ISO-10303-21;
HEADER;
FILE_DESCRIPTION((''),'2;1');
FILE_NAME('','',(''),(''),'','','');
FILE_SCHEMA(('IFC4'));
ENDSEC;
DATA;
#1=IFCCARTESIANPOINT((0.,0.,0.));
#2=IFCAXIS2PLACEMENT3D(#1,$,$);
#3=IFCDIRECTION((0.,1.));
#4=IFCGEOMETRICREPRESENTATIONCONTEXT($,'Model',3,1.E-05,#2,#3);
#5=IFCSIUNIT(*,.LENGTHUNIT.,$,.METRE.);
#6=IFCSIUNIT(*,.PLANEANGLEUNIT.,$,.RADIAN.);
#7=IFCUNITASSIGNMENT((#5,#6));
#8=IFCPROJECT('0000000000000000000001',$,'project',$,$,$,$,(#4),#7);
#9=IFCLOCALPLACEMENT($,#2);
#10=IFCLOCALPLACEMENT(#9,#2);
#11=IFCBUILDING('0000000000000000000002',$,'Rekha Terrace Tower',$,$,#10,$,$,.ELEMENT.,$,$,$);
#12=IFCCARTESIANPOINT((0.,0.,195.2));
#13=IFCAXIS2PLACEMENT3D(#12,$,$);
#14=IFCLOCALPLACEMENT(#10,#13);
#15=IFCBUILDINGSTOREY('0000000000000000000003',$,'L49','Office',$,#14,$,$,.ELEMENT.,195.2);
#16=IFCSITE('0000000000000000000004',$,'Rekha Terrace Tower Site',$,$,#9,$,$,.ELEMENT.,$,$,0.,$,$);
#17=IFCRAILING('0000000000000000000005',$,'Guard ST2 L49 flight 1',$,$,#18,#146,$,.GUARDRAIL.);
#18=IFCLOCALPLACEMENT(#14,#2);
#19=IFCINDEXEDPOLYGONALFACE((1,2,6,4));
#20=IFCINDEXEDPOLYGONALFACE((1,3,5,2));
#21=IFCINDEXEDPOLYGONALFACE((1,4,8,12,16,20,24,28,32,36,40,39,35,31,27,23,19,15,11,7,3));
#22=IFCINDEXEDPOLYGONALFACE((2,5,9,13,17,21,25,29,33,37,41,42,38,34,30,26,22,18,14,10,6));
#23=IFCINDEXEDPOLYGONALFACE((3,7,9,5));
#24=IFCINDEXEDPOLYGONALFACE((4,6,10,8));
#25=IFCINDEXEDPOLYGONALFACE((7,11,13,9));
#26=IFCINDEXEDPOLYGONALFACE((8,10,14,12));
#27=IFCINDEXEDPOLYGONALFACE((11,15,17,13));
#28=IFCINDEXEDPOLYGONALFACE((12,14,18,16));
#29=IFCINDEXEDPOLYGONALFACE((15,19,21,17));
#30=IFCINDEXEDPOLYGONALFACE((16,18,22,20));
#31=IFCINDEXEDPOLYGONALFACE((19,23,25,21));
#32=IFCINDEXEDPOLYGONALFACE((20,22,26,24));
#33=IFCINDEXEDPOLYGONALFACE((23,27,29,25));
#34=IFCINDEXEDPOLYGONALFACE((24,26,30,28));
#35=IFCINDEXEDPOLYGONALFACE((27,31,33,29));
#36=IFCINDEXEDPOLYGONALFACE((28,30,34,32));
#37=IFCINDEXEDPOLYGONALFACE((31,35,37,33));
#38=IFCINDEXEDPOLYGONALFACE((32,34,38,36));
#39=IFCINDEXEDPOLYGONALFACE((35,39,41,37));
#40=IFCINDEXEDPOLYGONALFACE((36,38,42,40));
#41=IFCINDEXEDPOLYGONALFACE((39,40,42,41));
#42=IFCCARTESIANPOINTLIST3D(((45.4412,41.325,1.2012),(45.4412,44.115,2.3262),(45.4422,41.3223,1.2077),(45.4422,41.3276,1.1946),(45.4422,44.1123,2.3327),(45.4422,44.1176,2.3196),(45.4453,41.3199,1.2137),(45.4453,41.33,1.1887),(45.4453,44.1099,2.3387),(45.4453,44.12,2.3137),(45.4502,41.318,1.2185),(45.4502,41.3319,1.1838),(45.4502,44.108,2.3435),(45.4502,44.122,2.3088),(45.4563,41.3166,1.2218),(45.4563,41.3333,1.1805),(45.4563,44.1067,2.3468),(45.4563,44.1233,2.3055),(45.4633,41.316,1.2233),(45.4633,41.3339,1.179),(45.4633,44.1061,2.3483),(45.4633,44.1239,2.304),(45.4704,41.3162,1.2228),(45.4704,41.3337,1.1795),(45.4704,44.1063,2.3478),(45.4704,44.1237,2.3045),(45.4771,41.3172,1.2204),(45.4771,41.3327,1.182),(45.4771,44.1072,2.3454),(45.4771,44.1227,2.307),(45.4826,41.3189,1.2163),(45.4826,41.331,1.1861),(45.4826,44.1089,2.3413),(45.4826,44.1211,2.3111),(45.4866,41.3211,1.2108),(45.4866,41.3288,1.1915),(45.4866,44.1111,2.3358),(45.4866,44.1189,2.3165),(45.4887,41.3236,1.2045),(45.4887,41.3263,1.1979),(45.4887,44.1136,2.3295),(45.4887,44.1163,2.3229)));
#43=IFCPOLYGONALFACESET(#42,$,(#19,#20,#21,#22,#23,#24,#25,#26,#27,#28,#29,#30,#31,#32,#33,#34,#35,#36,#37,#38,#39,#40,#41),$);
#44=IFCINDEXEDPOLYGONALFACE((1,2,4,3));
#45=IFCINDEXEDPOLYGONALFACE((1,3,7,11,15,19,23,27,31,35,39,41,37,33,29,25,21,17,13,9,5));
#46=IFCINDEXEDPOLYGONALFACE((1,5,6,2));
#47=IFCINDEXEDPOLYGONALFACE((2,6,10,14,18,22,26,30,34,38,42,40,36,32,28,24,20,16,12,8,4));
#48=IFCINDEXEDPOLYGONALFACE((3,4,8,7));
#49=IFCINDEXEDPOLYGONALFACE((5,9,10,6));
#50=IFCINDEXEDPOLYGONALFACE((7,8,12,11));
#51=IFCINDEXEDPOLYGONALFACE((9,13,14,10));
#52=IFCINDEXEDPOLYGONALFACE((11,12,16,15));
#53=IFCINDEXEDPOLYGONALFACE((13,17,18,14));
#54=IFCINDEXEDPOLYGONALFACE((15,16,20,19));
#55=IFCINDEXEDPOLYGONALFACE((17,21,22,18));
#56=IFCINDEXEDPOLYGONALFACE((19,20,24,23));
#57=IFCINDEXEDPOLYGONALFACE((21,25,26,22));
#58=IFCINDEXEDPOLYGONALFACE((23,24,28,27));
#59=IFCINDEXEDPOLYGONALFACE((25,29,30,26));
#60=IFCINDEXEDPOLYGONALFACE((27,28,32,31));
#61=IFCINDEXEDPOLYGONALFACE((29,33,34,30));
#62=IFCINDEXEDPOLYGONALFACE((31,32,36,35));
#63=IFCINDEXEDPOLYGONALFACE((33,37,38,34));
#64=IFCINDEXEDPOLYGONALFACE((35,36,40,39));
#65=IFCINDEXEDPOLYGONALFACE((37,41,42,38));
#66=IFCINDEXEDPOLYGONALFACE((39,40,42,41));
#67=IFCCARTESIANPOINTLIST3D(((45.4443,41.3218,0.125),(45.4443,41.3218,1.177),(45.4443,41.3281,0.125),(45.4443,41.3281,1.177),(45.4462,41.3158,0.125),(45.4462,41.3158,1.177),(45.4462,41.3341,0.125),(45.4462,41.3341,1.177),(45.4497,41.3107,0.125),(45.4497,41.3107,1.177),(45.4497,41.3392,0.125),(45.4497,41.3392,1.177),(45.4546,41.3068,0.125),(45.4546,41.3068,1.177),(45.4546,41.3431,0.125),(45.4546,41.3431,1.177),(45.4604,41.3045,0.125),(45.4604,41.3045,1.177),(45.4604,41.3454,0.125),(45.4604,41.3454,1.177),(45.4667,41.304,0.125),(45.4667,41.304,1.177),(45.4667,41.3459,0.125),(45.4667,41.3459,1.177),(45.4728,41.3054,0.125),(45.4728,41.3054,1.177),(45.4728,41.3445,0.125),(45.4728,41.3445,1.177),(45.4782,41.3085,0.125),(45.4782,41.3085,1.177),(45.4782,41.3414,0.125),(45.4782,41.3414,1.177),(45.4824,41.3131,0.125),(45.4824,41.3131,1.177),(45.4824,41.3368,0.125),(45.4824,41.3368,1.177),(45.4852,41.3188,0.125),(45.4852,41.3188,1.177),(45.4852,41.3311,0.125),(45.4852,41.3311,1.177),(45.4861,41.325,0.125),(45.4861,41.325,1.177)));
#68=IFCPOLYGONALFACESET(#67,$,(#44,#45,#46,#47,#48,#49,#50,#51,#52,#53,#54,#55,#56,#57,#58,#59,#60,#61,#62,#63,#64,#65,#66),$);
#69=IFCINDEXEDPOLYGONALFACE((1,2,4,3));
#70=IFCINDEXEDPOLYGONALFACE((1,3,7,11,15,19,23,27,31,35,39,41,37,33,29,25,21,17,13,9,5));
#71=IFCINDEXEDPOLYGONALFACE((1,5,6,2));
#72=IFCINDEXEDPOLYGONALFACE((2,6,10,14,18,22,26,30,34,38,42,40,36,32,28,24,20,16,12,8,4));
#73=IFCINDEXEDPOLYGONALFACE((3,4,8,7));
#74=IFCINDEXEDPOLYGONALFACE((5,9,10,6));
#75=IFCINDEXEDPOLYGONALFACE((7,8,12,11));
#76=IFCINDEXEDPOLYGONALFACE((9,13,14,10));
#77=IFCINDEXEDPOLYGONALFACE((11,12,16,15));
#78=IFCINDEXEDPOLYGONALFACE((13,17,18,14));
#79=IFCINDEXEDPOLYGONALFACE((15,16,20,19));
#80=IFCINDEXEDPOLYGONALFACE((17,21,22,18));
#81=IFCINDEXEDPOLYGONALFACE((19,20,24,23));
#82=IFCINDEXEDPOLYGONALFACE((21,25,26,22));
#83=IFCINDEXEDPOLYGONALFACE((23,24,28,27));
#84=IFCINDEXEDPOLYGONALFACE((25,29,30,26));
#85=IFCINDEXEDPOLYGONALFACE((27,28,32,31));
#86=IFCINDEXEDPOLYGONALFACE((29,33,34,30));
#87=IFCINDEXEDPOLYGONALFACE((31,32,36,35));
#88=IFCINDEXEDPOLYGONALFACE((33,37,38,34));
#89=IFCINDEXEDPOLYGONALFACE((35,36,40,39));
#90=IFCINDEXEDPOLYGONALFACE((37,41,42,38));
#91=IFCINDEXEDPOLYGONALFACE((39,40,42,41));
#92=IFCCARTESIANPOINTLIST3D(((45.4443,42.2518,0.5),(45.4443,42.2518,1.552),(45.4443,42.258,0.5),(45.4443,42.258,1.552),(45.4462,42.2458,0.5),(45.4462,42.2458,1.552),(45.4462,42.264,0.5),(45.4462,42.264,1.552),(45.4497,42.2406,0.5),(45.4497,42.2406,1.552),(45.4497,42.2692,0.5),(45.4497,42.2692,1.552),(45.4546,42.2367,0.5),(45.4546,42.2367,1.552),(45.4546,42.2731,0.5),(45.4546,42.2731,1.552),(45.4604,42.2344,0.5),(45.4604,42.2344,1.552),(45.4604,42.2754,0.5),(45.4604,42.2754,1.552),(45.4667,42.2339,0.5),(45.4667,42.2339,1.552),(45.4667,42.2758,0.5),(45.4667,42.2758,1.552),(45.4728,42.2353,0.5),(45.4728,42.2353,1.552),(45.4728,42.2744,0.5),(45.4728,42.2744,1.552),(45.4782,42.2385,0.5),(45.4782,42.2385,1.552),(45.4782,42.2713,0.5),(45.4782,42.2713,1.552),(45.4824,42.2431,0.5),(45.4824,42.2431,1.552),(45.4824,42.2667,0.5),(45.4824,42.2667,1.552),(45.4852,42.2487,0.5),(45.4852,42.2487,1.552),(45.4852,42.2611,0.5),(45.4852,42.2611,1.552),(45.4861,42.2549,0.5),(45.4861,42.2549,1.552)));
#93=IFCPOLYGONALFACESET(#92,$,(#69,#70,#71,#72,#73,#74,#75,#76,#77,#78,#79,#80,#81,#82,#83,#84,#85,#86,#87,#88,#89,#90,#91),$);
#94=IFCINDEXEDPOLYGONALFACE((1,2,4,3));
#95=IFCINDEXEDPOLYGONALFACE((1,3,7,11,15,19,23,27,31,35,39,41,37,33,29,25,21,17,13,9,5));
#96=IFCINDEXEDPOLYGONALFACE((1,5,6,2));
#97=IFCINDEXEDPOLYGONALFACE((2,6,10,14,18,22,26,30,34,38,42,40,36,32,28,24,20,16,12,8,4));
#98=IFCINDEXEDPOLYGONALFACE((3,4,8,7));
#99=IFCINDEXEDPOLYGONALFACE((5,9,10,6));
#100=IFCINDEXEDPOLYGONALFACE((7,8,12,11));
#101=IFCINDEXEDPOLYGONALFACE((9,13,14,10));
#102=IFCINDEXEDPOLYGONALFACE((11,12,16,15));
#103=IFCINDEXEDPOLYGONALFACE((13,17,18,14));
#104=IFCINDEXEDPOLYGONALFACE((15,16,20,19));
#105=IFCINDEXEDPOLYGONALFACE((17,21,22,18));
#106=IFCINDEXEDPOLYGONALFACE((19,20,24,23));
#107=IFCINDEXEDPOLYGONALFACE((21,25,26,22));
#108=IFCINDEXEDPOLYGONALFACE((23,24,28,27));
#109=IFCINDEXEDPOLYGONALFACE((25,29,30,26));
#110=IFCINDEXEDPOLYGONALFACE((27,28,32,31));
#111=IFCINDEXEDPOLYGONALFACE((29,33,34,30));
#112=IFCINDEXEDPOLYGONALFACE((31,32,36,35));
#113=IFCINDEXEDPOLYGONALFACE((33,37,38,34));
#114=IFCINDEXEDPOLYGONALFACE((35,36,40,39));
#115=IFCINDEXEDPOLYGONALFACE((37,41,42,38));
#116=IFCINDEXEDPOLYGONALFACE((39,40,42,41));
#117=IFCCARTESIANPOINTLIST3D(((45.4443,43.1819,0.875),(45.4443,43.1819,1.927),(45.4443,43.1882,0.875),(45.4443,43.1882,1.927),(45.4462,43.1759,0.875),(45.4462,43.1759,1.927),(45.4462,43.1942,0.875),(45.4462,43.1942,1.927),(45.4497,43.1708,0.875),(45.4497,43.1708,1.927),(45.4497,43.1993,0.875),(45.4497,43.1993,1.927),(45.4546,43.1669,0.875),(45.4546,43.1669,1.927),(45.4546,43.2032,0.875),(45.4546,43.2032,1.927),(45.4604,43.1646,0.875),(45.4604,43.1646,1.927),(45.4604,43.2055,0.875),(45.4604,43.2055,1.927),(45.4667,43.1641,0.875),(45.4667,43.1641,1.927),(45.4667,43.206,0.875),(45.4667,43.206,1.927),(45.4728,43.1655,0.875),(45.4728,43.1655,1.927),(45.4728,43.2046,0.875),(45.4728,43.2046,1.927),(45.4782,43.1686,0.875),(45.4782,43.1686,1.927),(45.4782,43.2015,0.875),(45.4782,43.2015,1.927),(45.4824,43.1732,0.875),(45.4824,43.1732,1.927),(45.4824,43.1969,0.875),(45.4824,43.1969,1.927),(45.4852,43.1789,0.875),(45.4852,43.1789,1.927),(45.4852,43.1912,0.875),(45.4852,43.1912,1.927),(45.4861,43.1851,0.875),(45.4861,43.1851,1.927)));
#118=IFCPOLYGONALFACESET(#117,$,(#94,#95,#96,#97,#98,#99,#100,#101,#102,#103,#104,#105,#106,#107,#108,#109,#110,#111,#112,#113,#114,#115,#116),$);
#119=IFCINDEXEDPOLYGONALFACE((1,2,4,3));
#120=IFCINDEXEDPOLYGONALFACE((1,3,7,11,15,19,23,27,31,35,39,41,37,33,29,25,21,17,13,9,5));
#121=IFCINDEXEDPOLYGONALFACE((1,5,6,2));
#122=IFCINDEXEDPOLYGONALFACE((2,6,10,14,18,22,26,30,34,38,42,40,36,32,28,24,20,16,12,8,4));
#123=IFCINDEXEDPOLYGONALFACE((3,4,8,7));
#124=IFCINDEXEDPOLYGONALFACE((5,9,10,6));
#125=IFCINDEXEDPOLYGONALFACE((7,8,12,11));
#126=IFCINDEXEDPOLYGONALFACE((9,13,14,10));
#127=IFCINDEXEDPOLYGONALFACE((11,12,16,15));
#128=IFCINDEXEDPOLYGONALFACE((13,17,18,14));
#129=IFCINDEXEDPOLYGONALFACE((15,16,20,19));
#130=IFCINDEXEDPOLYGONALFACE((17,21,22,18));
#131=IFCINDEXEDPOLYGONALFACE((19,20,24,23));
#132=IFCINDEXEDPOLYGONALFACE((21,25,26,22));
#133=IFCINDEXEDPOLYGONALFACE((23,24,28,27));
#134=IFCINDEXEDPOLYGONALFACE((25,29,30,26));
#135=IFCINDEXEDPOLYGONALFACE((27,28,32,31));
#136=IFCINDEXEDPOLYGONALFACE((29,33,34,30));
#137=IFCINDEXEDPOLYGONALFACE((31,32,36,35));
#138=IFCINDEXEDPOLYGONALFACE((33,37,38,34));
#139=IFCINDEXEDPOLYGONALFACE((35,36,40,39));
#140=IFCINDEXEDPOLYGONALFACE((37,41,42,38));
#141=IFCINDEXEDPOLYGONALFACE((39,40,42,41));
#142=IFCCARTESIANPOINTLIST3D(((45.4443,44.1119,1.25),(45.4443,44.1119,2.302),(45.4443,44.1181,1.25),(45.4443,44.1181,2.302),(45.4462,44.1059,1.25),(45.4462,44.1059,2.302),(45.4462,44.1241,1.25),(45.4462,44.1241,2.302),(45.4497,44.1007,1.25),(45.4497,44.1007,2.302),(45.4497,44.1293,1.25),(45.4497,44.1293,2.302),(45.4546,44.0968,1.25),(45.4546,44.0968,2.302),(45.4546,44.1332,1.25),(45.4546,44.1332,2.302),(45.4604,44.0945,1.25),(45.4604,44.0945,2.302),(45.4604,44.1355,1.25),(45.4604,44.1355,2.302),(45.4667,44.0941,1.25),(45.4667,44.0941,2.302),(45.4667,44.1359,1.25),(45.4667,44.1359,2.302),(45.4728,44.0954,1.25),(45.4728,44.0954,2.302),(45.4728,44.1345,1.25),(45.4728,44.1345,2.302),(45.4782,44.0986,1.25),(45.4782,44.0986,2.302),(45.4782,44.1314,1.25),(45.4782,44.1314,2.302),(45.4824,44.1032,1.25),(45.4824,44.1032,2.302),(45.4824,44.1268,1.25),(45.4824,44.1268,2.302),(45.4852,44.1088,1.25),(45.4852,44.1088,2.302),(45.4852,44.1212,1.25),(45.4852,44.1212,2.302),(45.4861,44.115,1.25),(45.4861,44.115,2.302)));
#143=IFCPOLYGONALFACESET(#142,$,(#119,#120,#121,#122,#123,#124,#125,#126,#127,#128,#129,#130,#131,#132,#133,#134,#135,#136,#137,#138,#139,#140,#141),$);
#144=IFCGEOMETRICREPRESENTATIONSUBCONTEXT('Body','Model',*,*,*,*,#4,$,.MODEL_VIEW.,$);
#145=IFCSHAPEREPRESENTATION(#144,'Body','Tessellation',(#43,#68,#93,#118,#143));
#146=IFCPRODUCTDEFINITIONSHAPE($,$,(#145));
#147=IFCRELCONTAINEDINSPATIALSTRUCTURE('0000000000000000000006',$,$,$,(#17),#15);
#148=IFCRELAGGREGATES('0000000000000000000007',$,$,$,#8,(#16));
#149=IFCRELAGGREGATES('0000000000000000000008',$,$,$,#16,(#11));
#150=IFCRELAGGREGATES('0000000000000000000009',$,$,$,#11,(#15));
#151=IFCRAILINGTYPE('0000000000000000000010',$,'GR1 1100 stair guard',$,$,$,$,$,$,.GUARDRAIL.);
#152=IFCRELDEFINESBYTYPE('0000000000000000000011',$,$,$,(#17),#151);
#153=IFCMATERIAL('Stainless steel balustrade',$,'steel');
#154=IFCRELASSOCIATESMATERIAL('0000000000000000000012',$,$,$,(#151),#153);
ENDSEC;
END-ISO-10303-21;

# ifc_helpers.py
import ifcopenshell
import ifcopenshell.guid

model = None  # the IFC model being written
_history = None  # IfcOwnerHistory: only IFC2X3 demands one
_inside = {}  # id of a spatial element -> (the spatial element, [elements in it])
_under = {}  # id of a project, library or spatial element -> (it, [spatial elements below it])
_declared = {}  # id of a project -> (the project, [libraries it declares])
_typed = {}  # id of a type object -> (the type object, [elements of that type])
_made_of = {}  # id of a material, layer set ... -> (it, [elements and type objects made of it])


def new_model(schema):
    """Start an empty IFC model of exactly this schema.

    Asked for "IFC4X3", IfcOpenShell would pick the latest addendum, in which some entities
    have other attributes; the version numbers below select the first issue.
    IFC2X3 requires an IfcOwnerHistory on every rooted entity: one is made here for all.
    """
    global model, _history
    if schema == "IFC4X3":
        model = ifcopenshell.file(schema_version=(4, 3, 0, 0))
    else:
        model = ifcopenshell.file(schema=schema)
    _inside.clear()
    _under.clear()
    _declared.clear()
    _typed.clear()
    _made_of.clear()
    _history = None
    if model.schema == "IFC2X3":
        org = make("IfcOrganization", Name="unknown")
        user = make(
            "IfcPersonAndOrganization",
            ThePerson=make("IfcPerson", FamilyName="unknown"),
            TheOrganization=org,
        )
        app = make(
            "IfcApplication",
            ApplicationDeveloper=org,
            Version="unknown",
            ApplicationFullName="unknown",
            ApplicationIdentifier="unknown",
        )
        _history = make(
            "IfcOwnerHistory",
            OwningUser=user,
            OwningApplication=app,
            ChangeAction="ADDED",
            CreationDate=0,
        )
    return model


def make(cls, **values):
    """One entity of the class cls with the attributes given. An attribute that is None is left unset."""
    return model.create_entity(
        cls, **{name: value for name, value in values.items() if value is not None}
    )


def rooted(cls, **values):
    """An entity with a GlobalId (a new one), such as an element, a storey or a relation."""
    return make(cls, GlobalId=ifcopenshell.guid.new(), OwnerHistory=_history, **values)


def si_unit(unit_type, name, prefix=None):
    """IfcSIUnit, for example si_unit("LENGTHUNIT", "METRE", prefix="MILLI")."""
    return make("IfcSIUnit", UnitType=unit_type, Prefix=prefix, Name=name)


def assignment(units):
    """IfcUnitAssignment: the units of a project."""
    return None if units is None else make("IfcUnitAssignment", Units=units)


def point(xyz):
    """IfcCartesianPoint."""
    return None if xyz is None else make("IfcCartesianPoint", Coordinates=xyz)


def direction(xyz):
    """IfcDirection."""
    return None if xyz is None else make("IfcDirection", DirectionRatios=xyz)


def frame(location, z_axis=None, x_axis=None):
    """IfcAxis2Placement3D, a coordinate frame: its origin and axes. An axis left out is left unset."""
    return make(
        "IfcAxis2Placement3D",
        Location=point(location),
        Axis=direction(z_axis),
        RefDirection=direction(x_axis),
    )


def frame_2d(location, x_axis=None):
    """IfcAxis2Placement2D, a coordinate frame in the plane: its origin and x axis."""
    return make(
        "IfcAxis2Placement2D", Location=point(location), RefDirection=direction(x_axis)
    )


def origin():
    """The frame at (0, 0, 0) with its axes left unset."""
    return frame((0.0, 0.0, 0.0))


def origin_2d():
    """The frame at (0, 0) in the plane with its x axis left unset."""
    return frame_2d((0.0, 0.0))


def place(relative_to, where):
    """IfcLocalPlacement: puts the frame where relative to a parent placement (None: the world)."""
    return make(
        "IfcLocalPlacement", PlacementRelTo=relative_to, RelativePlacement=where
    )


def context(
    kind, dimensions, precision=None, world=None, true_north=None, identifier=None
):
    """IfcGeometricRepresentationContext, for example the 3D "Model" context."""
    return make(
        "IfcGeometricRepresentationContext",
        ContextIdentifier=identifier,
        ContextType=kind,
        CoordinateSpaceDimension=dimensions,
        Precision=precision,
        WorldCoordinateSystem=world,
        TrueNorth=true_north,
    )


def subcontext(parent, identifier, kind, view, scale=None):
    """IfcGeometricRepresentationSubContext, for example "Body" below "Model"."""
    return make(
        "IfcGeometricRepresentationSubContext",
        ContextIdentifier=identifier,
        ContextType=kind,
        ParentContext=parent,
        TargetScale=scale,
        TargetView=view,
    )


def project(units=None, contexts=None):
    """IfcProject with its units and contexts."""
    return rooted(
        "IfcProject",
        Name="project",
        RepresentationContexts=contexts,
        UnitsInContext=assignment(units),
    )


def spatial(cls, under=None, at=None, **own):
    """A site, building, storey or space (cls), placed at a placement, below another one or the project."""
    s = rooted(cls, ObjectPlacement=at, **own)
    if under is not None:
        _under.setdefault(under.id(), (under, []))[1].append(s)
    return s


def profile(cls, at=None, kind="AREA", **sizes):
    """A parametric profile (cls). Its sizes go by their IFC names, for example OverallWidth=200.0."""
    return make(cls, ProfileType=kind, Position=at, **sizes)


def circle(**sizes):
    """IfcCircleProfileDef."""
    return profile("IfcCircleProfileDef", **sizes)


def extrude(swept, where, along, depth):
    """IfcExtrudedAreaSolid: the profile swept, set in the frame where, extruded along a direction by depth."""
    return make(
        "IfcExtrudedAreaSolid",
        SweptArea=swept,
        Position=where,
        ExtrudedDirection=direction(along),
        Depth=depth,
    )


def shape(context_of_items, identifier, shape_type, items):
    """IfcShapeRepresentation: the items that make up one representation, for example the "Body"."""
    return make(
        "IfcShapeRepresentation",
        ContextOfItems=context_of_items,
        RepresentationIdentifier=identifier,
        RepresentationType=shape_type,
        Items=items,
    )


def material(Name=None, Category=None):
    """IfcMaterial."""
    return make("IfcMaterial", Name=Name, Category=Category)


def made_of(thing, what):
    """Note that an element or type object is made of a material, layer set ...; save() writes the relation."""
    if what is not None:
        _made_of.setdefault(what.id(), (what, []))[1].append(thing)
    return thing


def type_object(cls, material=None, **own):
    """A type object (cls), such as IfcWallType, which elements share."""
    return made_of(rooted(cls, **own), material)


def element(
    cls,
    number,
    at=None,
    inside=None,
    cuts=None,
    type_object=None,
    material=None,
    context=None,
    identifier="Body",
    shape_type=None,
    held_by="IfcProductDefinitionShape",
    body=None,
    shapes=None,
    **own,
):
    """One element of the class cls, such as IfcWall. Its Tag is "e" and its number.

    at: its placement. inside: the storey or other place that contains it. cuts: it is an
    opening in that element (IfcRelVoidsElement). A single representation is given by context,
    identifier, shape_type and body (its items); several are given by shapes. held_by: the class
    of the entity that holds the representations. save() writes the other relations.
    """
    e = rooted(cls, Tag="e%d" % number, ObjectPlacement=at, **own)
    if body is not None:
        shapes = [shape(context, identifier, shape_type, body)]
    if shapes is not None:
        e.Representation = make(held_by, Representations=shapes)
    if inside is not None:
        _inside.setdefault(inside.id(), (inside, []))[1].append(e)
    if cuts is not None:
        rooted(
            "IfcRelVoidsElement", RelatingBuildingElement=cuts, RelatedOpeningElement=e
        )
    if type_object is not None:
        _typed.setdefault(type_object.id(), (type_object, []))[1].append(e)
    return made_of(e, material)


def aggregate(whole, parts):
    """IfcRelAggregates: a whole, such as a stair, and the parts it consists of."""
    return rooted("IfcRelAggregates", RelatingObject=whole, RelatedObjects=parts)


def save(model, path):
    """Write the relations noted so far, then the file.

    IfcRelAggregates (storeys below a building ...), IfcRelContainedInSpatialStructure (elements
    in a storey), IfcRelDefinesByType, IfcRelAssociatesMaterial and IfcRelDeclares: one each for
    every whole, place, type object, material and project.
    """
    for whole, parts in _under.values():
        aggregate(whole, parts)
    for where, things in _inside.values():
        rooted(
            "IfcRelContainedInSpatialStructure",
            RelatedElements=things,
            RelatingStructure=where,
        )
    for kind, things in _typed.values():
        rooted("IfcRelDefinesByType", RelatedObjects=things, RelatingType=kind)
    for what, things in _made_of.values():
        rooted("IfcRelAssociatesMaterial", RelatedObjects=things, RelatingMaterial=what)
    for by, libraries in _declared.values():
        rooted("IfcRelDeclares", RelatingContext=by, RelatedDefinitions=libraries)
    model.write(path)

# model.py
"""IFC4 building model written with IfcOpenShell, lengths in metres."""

from ifc_helpers import new_model, si_unit, direction, frame, origin, origin_2d, place, context, subcontext, project, spatial, circle, extrude, material, type_object, element, save


model = new_model("IFC4")

# Units and contexts
model_context = context("Model", 3, precision=1e-05, world=origin(), true_north=direction((0.0, 1.0)))
body_context = subcontext(model_context, "Body", "Model", "MODEL_VIEW")
ifc_project = project(units=[si_unit("LENGTHUNIT", "METRE"), si_unit("PLANEANGLEUNIT", "RADIAN")], contexts=[model_context])

# Site, building, storey
site_placement = place(None, origin())
site = spatial("IfcSite", under=ifc_project, at=site_placement, Name="Rekha Terrace Tower Site", CompositionType="ELEMENT", RefElevation=0.0)
building_placement = place(site_placement, origin())
building = spatial("IfcBuilding", under=site, at=building_placement, Name="Rekha Terrace Tower", CompositionType="ELEMENT")
storey_placement = place(building_placement, frame((0.0, 0.0, 195.2)))
storey = spatial("IfcBuildingStorey", under=building, at=storey_placement, Name="L49", Description="Office", CompositionType="ELEMENT", Elevation=195.2)

# Railing
ifc_material_1 = material(Name="Stainless steel balustrade", Category="steel")
railing_type_1 = type_object("IfcRailingType", Name="GR1 1100 stair guard", PredefinedType="GUARDRAIL", material=ifc_material_1)
railing_1_placement = place(storey_placement, frame((45.4651, 41.325, 0.125)))
element("IfcRailing", 1, at=railing_1_placement, inside=storey, type_object=railing_type_1, Name="Guard ST2 L49 flight 1", PredefinedType="GUARDRAIL", context=body_context, shape_type="SweptSolid", body=[
    extrude(circle(Radius=0.0239, at=origin_2d()), frame((0.0, 0.0, 1.0762), z_axis=(0.0, 0.927443, 0.373964), x_axis=(-1.0, 0.0, 0.0)), (0.0, 0.0, 1.0), 3.0083),
    extrude(circle(Radius=0.021, at=origin_2d()), origin(), (0.0, 0.0, 1.0), 1.052),
    extrude(circle(Radius=0.021, at=origin_2d()), frame((0.0, 0.9299, 0.375)), (0.0, 0.0, 1.0), 1.052),
    extrude(circle(Radius=0.021, at=origin_2d()), frame((0.0, 1.8601, 0.75)), (0.0, 0.0, 1.0), 1.052),
    extrude(circle(Radius=0.021, at=origin_2d()), frame((0.0, 2.79, 1.125)), (0.0, 0.0, 1.0), 1.052),
])

save(model, "model.ifc")
